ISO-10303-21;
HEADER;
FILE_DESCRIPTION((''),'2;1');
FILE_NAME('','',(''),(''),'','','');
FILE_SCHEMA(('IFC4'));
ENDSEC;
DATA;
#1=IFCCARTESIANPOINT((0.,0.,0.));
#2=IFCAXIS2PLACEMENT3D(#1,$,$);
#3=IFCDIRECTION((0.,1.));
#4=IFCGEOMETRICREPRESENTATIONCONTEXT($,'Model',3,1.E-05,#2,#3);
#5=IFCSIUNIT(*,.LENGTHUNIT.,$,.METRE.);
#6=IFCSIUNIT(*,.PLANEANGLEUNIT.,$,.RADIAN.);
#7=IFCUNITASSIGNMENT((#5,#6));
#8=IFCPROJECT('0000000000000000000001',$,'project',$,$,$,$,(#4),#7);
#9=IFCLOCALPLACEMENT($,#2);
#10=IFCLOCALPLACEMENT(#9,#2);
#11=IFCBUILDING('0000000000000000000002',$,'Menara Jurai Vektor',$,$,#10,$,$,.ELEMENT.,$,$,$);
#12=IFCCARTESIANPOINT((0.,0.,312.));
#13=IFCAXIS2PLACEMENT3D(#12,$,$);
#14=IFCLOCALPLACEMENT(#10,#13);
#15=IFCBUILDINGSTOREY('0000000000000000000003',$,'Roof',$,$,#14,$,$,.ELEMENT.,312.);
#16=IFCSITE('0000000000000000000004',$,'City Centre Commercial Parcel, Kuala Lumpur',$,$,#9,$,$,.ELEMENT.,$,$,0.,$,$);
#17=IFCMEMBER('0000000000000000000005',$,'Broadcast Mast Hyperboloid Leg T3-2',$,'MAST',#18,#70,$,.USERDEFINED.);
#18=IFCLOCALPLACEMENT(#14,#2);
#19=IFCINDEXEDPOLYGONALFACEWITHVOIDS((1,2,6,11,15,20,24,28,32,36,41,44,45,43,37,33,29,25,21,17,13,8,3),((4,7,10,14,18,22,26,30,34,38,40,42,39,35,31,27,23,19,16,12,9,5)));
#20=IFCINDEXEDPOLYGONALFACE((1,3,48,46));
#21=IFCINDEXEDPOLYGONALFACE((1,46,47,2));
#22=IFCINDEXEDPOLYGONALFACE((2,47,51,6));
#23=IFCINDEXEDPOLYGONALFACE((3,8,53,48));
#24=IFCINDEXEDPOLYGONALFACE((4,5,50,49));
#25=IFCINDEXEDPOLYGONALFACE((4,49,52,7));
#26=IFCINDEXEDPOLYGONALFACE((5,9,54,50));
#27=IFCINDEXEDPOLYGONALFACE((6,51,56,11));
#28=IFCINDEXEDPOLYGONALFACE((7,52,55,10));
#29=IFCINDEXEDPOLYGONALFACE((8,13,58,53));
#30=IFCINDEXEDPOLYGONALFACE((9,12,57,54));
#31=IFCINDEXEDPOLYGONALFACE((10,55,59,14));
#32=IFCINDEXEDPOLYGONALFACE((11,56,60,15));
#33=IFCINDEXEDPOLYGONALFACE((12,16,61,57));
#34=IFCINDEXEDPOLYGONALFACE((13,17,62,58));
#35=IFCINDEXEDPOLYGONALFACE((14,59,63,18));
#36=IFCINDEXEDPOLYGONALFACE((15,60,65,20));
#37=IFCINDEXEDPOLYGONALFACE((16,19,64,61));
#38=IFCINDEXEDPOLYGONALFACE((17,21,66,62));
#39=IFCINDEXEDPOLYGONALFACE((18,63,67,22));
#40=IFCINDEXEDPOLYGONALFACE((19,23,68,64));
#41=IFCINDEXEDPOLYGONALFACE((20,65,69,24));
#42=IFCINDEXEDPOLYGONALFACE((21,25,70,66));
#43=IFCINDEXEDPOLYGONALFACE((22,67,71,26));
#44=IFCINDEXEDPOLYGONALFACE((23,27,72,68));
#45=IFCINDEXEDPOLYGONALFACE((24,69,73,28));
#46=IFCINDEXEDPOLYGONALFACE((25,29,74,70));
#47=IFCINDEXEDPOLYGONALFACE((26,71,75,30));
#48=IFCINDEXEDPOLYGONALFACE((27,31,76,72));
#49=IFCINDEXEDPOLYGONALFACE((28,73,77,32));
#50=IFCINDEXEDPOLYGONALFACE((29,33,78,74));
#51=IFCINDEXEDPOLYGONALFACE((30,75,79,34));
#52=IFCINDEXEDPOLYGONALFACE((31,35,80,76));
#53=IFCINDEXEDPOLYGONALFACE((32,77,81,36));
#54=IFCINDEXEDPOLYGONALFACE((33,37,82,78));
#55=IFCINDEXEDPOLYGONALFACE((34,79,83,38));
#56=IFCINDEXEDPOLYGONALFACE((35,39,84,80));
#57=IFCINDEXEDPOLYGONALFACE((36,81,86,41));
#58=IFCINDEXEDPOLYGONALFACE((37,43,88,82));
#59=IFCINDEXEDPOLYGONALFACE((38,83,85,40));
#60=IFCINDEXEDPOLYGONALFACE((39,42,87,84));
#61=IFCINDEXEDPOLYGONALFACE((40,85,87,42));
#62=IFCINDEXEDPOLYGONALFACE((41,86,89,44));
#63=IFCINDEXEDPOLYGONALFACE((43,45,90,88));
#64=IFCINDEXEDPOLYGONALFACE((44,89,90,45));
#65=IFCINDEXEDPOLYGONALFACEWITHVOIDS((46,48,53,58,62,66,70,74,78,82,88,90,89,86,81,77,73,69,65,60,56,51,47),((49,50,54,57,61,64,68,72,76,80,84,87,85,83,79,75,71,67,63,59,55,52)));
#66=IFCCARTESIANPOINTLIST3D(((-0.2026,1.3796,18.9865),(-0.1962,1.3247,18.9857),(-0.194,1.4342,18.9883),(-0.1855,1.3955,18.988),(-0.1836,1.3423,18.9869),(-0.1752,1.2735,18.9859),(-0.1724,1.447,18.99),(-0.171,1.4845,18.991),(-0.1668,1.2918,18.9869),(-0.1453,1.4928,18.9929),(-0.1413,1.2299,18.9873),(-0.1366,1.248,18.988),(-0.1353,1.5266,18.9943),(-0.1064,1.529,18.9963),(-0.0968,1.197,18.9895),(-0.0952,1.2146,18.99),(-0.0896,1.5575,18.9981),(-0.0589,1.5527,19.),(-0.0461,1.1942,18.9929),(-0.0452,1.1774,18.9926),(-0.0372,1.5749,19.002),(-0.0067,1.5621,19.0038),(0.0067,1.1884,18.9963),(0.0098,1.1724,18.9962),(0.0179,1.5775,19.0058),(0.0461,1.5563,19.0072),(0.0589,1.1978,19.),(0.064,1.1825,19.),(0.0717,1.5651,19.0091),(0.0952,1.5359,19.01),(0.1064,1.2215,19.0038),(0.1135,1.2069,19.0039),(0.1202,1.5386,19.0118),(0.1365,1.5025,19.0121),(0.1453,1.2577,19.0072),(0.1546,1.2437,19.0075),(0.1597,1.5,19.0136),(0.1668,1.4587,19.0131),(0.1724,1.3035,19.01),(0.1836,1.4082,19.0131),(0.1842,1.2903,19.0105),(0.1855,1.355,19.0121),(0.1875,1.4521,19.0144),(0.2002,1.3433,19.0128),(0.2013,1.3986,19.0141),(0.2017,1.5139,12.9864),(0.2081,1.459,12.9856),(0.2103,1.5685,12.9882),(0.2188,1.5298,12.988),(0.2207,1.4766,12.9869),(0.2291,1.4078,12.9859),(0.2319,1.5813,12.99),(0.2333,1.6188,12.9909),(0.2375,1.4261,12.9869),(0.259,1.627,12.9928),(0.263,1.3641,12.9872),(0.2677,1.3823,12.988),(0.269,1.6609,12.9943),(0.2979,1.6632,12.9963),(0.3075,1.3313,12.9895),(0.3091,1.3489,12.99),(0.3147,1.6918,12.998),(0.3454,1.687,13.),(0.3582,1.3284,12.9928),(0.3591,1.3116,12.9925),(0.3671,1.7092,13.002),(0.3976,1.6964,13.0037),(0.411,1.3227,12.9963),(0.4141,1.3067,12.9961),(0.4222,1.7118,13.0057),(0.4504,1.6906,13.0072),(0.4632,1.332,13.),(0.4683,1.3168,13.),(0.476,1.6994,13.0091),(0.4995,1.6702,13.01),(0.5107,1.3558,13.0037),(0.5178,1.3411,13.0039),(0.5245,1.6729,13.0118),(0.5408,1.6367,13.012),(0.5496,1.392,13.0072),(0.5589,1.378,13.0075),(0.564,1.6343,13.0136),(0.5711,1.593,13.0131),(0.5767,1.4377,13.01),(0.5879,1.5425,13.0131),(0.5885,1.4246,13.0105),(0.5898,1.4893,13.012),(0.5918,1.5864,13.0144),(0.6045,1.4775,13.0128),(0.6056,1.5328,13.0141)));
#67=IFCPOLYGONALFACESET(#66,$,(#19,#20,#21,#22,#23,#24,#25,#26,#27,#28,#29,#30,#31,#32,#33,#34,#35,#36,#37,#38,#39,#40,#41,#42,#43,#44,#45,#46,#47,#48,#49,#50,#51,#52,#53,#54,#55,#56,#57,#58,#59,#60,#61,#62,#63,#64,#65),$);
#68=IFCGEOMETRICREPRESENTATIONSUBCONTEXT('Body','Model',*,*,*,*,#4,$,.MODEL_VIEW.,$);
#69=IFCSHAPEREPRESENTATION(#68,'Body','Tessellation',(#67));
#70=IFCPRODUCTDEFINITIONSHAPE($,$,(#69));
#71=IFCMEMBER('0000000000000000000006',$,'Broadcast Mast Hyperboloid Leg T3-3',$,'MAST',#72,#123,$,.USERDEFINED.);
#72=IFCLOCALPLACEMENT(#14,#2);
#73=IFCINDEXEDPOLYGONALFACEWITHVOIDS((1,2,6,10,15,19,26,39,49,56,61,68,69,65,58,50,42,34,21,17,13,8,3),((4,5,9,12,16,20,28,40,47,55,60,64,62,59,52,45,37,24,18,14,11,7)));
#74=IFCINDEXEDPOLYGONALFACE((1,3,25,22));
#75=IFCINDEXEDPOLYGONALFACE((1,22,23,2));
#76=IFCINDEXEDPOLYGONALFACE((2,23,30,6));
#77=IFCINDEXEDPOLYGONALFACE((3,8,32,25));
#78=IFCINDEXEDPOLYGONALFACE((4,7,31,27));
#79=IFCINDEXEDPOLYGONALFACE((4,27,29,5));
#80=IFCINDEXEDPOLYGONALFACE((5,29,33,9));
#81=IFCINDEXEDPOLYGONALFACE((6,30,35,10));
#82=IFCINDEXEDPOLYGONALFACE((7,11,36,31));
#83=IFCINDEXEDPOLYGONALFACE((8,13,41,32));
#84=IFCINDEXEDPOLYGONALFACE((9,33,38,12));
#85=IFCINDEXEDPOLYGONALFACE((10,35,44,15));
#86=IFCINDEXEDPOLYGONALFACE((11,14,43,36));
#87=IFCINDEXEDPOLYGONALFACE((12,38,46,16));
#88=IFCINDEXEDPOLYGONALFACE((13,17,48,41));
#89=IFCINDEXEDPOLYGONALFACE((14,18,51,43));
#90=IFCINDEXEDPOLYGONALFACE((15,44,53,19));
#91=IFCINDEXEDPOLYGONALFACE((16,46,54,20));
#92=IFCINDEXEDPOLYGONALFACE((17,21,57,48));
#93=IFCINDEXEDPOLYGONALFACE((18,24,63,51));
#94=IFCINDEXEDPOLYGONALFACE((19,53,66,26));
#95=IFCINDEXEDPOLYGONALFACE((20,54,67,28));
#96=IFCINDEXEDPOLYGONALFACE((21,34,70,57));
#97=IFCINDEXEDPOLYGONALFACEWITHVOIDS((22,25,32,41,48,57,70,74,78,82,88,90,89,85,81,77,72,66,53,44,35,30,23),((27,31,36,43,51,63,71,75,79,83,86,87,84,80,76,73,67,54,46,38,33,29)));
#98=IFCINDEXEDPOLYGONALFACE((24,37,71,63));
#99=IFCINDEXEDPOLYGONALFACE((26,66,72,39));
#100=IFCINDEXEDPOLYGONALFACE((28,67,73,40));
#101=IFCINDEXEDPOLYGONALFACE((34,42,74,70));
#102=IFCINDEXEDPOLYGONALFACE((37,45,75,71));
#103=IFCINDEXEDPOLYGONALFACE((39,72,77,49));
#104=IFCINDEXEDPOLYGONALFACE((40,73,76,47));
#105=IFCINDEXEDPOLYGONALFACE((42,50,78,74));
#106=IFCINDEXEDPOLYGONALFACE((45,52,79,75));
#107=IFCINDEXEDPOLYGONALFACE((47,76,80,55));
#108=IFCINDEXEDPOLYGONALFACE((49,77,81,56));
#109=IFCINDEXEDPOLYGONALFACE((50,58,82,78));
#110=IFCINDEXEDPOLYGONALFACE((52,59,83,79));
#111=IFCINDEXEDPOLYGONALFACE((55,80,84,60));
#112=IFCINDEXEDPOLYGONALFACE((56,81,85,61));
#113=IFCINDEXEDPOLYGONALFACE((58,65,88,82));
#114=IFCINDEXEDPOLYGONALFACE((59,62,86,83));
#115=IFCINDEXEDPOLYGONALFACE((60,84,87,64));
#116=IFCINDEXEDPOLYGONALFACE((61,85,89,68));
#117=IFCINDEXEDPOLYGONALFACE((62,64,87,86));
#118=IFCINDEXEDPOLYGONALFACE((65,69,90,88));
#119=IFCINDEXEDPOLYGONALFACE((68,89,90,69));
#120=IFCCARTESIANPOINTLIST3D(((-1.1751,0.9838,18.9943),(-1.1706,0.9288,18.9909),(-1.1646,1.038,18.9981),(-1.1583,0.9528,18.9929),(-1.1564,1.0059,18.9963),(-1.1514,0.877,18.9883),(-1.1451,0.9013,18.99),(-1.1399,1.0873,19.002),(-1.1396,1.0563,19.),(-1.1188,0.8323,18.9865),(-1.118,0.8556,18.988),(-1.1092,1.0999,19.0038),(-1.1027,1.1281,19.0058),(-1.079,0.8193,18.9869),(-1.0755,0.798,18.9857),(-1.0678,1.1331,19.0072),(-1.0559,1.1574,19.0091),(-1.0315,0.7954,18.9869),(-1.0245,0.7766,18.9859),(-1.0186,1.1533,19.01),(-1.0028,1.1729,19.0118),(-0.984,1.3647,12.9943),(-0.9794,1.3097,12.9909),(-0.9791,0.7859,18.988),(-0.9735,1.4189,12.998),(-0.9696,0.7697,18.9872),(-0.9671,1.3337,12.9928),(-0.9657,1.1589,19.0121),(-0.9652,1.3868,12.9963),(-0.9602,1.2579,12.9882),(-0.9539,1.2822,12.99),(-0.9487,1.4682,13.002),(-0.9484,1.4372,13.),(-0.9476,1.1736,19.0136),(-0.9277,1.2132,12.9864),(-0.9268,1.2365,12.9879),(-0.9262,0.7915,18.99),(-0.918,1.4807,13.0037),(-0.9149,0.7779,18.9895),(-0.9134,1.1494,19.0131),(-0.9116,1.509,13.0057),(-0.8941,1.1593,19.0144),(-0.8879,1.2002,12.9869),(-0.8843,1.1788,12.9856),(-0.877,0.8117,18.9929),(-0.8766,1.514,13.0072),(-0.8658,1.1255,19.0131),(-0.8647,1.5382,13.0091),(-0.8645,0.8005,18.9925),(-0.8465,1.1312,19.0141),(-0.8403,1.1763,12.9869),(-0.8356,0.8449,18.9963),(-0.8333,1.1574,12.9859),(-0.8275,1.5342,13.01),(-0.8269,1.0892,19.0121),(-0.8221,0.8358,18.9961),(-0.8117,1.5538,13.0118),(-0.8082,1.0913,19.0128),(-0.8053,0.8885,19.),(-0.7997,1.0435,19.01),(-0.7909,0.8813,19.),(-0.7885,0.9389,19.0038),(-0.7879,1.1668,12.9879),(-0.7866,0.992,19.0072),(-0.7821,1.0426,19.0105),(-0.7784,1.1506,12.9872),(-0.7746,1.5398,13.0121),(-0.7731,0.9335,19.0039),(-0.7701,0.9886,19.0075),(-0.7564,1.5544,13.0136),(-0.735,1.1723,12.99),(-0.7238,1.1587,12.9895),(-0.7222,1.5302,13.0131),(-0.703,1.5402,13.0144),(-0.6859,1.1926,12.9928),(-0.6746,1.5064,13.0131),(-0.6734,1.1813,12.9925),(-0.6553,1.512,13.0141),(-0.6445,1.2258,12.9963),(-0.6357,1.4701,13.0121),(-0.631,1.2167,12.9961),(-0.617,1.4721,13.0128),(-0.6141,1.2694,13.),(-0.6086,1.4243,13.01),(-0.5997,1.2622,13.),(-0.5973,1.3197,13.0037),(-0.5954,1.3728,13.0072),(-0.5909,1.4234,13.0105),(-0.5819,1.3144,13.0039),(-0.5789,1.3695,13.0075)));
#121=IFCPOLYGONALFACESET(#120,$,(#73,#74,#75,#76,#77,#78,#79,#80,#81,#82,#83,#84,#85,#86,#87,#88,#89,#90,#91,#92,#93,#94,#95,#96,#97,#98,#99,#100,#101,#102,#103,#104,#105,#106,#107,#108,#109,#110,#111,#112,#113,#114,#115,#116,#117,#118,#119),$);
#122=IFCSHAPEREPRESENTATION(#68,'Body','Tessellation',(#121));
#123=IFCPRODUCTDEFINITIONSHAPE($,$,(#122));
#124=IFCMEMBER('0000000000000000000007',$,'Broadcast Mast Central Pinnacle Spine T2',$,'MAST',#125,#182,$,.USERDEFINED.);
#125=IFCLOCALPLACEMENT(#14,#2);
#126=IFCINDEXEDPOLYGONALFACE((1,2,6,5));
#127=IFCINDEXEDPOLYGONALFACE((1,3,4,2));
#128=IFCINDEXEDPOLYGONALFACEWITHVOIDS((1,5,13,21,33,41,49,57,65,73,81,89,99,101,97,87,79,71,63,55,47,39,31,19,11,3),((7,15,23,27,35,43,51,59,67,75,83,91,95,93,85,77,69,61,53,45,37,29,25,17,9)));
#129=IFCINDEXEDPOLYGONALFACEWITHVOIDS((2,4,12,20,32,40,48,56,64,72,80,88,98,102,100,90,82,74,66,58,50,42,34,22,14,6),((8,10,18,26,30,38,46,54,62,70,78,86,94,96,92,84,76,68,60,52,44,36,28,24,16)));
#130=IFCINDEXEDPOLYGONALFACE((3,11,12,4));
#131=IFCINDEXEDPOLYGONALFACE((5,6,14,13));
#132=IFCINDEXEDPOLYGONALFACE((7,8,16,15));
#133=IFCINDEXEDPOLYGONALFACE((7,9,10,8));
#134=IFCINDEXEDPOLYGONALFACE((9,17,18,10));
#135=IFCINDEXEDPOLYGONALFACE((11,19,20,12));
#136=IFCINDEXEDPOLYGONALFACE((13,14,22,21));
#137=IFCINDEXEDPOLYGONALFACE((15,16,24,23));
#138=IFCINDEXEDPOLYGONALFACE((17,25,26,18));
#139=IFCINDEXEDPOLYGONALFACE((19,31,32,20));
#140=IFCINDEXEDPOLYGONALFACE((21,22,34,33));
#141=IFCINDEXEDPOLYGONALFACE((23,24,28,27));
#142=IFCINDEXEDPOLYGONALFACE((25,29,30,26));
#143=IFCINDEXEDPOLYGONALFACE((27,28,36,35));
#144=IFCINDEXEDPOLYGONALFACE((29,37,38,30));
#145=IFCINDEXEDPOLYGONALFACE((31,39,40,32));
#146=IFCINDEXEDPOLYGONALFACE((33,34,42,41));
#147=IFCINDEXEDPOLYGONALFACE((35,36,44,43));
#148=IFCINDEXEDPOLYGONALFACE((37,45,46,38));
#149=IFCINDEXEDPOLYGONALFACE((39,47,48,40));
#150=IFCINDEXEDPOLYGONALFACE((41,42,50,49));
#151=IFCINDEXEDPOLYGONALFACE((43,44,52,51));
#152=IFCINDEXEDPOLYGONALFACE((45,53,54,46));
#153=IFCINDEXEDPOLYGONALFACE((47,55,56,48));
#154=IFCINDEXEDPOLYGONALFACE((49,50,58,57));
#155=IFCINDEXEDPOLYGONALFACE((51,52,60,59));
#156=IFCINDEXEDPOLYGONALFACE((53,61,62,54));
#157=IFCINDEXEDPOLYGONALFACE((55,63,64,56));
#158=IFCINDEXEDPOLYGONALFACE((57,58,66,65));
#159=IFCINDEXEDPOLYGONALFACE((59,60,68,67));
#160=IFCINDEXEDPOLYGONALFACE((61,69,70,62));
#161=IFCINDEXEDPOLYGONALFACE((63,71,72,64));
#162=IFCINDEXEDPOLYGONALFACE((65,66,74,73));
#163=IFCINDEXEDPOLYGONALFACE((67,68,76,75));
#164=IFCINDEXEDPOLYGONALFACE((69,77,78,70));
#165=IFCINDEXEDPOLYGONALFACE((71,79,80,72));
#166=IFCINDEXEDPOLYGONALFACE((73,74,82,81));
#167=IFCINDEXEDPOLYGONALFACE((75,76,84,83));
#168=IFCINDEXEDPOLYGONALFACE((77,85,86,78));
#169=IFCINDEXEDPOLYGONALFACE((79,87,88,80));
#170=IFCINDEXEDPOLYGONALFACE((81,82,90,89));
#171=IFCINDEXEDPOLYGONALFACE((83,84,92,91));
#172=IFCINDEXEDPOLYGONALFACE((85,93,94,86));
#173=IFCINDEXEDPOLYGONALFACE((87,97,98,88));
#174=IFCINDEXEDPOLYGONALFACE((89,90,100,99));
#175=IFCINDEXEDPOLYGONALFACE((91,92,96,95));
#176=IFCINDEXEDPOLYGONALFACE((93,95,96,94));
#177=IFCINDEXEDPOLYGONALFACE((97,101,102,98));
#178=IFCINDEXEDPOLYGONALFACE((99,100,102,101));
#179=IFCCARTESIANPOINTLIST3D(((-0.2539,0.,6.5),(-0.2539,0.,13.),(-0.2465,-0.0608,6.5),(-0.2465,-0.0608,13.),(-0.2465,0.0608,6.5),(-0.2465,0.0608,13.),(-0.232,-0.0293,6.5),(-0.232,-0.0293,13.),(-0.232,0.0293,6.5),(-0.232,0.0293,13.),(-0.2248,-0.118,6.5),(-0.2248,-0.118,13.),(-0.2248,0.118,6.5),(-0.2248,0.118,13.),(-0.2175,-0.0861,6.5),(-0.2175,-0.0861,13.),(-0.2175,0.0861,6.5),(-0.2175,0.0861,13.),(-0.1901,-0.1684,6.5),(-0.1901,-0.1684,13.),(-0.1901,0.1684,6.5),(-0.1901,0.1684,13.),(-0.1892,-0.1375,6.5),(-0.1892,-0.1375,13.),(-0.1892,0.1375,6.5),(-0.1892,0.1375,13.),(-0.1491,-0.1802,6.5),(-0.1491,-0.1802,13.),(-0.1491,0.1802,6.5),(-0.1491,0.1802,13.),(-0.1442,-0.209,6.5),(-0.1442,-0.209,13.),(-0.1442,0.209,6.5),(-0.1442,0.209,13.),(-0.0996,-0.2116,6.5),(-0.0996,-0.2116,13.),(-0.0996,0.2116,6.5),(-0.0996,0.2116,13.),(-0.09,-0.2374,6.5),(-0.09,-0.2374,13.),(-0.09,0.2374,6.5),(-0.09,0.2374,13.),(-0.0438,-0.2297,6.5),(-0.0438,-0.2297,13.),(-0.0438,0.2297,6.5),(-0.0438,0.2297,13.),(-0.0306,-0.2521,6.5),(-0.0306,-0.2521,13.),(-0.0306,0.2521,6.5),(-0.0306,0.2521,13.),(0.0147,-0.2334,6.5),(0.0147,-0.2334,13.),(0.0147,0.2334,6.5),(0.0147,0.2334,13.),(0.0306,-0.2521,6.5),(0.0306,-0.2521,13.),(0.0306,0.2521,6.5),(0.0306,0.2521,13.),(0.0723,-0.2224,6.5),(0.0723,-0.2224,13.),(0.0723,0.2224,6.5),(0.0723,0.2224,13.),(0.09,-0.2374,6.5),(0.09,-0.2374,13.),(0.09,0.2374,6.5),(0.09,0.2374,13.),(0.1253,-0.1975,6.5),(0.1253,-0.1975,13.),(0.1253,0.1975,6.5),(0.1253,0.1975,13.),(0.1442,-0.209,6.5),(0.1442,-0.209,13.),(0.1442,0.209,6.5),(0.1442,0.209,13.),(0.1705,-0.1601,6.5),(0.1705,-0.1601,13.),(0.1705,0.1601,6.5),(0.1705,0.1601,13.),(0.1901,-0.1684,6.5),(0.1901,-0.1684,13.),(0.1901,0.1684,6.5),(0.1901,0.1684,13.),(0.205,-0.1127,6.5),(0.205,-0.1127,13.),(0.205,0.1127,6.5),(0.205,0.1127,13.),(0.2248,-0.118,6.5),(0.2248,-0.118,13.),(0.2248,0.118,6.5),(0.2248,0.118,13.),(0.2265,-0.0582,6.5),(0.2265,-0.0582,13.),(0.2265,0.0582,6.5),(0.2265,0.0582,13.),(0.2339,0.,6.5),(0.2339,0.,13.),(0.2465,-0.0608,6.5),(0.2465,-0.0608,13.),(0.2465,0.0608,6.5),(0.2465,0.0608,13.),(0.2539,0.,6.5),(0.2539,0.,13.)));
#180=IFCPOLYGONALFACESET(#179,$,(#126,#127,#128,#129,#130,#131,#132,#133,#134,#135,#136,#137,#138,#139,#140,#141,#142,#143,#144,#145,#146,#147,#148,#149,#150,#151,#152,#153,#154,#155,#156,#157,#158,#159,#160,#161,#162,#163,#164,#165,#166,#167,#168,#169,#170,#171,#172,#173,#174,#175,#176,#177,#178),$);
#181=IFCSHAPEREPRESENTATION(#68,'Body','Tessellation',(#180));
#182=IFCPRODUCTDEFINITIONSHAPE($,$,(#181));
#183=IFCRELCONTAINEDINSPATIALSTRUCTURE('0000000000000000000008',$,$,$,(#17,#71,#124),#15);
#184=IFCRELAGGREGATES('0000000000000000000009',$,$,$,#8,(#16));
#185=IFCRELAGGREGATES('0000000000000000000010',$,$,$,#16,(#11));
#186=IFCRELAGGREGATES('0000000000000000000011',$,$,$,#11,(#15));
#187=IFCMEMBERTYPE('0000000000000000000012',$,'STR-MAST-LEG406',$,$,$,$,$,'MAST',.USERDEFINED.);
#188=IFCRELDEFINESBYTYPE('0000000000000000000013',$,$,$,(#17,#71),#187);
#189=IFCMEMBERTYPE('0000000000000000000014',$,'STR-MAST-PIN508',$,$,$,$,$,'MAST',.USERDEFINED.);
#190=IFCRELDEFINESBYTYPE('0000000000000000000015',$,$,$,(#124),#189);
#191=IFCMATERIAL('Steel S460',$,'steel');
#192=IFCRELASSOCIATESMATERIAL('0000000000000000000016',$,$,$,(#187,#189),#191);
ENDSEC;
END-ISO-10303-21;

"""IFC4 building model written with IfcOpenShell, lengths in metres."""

from ifc_helpers import new_model, si_unit, direction, frame, origin, origin_2d, place, context, subcontext, project, spatial, hollow_circle, extrude, material, material_profile, profile_set, type_object, element, save


model = new_model("IFC4")

# Units and contexts
model_context = context("Model", 3, precision=1e-05, world=origin(), true_north=direction((0.0, 1.0)))
body_context = subcontext(model_context, "Body", "Model", "MODEL_VIEW")
ifc_project = project(units=[si_unit("LENGTHUNIT", "METRE"), si_unit("PLANEANGLEUNIT", "RADIAN")], contexts=[model_context])

# Site, building, storey
site_placement = place(None, origin())
site = spatial("IfcSite", under=ifc_project, at=site_placement, Name="City Centre Commercial Parcel, Kuala Lumpur", CompositionType="ELEMENT", RefElevation=0.0)
building_placement = place(site_placement, origin())
building = spatial("IfcBuilding", under=site, at=building_placement, Name="Menara Jurai Vektor", CompositionType="ELEMENT")
storey_placement = place(building_placement, frame((0.0, 0.0, 312.0)))
storey = spatial("IfcBuildingStorey", under=building, at=storey_placement, Name="Roof", CompositionType="ELEMENT", Elevation=312.0)

# Members
ifc_material = material(Name="Steel S460", Category="steel")
ifc_material_profile_1 = material_profile(ifc_material, hollow_circle(Radius=0.2031, WallThickness=0.0161, at=origin_2d()), Name="CHS 406.4x16")
ifc_profile_set_1 = profile_set([ifc_material_profile_1], Name="Steel S460")
member_type_1 = type_object("IfcMemberType", Name="STR-MAST-LEG406", ElementType="MAST", PredefinedType="USERDEFINED", material=ifc_profile_set_1)
for number, where, z_axis, x_axis, name in (
    (1, (0.4043, 1.5095, 13.0), (-0.067214, -0.022323, 0.997489), (0.315196, -0.949027, 0.0), "Broadcast Mast Hyperboloid Leg T3-2"),
    (2, (-0.7812, 1.3533, 13.0), (-0.03178, -0.063317, 0.997487), (0.893739, -0.448588, 0.0), "Broadcast Mast Hyperboloid Leg T3-3"),
):
    element("IfcMember", number, at=place(storey_placement, frame(where, z_axis=z_axis, x_axis=x_axis)), inside=storey, type_object=member_type_1, Name=name, ObjectType="MAST", PredefinedType="USERDEFINED", context=body_context, shape_type="SweptSolid", body=[
        extrude(hollow_circle(Radius=0.2031, WallThickness=0.0161, at=origin_2d()), origin(), (0.0, 0.0, 1.0), 6.0151),
    ])
ifc_material_profile_2 = material_profile(ifc_material, hollow_circle(Radius=0.2539, WallThickness=0.02, at=origin_2d()), Name="CHS 508x20")
ifc_profile_set_2 = profile_set([ifc_material_profile_2], Name="Steel S460")
member_type_2 = type_object("IfcMemberType", Name="STR-MAST-PIN508", ElementType="MAST", PredefinedType="USERDEFINED", material=ifc_profile_set_2)
member_1_placement = place(storey_placement, frame((0.0, 0.0, 6.5), z_axis=(0.0, 0.0, 1.0), x_axis=(1.0, 0.0, 0.0)))
element("IfcMember", 3, at=member_1_placement, inside=storey, type_object=member_type_2, Name="Broadcast Mast Central Pinnacle Spine T2", ObjectType="MAST", PredefinedType="USERDEFINED", context=body_context, shape_type="SweptSolid", body=[
    extrude(hollow_circle(Radius=0.2539, WallThickness=0.02, at=origin_2d()), origin(), (0.0, 0.0, 1.0), 6.5),
])

save(model, "model.ifc")
